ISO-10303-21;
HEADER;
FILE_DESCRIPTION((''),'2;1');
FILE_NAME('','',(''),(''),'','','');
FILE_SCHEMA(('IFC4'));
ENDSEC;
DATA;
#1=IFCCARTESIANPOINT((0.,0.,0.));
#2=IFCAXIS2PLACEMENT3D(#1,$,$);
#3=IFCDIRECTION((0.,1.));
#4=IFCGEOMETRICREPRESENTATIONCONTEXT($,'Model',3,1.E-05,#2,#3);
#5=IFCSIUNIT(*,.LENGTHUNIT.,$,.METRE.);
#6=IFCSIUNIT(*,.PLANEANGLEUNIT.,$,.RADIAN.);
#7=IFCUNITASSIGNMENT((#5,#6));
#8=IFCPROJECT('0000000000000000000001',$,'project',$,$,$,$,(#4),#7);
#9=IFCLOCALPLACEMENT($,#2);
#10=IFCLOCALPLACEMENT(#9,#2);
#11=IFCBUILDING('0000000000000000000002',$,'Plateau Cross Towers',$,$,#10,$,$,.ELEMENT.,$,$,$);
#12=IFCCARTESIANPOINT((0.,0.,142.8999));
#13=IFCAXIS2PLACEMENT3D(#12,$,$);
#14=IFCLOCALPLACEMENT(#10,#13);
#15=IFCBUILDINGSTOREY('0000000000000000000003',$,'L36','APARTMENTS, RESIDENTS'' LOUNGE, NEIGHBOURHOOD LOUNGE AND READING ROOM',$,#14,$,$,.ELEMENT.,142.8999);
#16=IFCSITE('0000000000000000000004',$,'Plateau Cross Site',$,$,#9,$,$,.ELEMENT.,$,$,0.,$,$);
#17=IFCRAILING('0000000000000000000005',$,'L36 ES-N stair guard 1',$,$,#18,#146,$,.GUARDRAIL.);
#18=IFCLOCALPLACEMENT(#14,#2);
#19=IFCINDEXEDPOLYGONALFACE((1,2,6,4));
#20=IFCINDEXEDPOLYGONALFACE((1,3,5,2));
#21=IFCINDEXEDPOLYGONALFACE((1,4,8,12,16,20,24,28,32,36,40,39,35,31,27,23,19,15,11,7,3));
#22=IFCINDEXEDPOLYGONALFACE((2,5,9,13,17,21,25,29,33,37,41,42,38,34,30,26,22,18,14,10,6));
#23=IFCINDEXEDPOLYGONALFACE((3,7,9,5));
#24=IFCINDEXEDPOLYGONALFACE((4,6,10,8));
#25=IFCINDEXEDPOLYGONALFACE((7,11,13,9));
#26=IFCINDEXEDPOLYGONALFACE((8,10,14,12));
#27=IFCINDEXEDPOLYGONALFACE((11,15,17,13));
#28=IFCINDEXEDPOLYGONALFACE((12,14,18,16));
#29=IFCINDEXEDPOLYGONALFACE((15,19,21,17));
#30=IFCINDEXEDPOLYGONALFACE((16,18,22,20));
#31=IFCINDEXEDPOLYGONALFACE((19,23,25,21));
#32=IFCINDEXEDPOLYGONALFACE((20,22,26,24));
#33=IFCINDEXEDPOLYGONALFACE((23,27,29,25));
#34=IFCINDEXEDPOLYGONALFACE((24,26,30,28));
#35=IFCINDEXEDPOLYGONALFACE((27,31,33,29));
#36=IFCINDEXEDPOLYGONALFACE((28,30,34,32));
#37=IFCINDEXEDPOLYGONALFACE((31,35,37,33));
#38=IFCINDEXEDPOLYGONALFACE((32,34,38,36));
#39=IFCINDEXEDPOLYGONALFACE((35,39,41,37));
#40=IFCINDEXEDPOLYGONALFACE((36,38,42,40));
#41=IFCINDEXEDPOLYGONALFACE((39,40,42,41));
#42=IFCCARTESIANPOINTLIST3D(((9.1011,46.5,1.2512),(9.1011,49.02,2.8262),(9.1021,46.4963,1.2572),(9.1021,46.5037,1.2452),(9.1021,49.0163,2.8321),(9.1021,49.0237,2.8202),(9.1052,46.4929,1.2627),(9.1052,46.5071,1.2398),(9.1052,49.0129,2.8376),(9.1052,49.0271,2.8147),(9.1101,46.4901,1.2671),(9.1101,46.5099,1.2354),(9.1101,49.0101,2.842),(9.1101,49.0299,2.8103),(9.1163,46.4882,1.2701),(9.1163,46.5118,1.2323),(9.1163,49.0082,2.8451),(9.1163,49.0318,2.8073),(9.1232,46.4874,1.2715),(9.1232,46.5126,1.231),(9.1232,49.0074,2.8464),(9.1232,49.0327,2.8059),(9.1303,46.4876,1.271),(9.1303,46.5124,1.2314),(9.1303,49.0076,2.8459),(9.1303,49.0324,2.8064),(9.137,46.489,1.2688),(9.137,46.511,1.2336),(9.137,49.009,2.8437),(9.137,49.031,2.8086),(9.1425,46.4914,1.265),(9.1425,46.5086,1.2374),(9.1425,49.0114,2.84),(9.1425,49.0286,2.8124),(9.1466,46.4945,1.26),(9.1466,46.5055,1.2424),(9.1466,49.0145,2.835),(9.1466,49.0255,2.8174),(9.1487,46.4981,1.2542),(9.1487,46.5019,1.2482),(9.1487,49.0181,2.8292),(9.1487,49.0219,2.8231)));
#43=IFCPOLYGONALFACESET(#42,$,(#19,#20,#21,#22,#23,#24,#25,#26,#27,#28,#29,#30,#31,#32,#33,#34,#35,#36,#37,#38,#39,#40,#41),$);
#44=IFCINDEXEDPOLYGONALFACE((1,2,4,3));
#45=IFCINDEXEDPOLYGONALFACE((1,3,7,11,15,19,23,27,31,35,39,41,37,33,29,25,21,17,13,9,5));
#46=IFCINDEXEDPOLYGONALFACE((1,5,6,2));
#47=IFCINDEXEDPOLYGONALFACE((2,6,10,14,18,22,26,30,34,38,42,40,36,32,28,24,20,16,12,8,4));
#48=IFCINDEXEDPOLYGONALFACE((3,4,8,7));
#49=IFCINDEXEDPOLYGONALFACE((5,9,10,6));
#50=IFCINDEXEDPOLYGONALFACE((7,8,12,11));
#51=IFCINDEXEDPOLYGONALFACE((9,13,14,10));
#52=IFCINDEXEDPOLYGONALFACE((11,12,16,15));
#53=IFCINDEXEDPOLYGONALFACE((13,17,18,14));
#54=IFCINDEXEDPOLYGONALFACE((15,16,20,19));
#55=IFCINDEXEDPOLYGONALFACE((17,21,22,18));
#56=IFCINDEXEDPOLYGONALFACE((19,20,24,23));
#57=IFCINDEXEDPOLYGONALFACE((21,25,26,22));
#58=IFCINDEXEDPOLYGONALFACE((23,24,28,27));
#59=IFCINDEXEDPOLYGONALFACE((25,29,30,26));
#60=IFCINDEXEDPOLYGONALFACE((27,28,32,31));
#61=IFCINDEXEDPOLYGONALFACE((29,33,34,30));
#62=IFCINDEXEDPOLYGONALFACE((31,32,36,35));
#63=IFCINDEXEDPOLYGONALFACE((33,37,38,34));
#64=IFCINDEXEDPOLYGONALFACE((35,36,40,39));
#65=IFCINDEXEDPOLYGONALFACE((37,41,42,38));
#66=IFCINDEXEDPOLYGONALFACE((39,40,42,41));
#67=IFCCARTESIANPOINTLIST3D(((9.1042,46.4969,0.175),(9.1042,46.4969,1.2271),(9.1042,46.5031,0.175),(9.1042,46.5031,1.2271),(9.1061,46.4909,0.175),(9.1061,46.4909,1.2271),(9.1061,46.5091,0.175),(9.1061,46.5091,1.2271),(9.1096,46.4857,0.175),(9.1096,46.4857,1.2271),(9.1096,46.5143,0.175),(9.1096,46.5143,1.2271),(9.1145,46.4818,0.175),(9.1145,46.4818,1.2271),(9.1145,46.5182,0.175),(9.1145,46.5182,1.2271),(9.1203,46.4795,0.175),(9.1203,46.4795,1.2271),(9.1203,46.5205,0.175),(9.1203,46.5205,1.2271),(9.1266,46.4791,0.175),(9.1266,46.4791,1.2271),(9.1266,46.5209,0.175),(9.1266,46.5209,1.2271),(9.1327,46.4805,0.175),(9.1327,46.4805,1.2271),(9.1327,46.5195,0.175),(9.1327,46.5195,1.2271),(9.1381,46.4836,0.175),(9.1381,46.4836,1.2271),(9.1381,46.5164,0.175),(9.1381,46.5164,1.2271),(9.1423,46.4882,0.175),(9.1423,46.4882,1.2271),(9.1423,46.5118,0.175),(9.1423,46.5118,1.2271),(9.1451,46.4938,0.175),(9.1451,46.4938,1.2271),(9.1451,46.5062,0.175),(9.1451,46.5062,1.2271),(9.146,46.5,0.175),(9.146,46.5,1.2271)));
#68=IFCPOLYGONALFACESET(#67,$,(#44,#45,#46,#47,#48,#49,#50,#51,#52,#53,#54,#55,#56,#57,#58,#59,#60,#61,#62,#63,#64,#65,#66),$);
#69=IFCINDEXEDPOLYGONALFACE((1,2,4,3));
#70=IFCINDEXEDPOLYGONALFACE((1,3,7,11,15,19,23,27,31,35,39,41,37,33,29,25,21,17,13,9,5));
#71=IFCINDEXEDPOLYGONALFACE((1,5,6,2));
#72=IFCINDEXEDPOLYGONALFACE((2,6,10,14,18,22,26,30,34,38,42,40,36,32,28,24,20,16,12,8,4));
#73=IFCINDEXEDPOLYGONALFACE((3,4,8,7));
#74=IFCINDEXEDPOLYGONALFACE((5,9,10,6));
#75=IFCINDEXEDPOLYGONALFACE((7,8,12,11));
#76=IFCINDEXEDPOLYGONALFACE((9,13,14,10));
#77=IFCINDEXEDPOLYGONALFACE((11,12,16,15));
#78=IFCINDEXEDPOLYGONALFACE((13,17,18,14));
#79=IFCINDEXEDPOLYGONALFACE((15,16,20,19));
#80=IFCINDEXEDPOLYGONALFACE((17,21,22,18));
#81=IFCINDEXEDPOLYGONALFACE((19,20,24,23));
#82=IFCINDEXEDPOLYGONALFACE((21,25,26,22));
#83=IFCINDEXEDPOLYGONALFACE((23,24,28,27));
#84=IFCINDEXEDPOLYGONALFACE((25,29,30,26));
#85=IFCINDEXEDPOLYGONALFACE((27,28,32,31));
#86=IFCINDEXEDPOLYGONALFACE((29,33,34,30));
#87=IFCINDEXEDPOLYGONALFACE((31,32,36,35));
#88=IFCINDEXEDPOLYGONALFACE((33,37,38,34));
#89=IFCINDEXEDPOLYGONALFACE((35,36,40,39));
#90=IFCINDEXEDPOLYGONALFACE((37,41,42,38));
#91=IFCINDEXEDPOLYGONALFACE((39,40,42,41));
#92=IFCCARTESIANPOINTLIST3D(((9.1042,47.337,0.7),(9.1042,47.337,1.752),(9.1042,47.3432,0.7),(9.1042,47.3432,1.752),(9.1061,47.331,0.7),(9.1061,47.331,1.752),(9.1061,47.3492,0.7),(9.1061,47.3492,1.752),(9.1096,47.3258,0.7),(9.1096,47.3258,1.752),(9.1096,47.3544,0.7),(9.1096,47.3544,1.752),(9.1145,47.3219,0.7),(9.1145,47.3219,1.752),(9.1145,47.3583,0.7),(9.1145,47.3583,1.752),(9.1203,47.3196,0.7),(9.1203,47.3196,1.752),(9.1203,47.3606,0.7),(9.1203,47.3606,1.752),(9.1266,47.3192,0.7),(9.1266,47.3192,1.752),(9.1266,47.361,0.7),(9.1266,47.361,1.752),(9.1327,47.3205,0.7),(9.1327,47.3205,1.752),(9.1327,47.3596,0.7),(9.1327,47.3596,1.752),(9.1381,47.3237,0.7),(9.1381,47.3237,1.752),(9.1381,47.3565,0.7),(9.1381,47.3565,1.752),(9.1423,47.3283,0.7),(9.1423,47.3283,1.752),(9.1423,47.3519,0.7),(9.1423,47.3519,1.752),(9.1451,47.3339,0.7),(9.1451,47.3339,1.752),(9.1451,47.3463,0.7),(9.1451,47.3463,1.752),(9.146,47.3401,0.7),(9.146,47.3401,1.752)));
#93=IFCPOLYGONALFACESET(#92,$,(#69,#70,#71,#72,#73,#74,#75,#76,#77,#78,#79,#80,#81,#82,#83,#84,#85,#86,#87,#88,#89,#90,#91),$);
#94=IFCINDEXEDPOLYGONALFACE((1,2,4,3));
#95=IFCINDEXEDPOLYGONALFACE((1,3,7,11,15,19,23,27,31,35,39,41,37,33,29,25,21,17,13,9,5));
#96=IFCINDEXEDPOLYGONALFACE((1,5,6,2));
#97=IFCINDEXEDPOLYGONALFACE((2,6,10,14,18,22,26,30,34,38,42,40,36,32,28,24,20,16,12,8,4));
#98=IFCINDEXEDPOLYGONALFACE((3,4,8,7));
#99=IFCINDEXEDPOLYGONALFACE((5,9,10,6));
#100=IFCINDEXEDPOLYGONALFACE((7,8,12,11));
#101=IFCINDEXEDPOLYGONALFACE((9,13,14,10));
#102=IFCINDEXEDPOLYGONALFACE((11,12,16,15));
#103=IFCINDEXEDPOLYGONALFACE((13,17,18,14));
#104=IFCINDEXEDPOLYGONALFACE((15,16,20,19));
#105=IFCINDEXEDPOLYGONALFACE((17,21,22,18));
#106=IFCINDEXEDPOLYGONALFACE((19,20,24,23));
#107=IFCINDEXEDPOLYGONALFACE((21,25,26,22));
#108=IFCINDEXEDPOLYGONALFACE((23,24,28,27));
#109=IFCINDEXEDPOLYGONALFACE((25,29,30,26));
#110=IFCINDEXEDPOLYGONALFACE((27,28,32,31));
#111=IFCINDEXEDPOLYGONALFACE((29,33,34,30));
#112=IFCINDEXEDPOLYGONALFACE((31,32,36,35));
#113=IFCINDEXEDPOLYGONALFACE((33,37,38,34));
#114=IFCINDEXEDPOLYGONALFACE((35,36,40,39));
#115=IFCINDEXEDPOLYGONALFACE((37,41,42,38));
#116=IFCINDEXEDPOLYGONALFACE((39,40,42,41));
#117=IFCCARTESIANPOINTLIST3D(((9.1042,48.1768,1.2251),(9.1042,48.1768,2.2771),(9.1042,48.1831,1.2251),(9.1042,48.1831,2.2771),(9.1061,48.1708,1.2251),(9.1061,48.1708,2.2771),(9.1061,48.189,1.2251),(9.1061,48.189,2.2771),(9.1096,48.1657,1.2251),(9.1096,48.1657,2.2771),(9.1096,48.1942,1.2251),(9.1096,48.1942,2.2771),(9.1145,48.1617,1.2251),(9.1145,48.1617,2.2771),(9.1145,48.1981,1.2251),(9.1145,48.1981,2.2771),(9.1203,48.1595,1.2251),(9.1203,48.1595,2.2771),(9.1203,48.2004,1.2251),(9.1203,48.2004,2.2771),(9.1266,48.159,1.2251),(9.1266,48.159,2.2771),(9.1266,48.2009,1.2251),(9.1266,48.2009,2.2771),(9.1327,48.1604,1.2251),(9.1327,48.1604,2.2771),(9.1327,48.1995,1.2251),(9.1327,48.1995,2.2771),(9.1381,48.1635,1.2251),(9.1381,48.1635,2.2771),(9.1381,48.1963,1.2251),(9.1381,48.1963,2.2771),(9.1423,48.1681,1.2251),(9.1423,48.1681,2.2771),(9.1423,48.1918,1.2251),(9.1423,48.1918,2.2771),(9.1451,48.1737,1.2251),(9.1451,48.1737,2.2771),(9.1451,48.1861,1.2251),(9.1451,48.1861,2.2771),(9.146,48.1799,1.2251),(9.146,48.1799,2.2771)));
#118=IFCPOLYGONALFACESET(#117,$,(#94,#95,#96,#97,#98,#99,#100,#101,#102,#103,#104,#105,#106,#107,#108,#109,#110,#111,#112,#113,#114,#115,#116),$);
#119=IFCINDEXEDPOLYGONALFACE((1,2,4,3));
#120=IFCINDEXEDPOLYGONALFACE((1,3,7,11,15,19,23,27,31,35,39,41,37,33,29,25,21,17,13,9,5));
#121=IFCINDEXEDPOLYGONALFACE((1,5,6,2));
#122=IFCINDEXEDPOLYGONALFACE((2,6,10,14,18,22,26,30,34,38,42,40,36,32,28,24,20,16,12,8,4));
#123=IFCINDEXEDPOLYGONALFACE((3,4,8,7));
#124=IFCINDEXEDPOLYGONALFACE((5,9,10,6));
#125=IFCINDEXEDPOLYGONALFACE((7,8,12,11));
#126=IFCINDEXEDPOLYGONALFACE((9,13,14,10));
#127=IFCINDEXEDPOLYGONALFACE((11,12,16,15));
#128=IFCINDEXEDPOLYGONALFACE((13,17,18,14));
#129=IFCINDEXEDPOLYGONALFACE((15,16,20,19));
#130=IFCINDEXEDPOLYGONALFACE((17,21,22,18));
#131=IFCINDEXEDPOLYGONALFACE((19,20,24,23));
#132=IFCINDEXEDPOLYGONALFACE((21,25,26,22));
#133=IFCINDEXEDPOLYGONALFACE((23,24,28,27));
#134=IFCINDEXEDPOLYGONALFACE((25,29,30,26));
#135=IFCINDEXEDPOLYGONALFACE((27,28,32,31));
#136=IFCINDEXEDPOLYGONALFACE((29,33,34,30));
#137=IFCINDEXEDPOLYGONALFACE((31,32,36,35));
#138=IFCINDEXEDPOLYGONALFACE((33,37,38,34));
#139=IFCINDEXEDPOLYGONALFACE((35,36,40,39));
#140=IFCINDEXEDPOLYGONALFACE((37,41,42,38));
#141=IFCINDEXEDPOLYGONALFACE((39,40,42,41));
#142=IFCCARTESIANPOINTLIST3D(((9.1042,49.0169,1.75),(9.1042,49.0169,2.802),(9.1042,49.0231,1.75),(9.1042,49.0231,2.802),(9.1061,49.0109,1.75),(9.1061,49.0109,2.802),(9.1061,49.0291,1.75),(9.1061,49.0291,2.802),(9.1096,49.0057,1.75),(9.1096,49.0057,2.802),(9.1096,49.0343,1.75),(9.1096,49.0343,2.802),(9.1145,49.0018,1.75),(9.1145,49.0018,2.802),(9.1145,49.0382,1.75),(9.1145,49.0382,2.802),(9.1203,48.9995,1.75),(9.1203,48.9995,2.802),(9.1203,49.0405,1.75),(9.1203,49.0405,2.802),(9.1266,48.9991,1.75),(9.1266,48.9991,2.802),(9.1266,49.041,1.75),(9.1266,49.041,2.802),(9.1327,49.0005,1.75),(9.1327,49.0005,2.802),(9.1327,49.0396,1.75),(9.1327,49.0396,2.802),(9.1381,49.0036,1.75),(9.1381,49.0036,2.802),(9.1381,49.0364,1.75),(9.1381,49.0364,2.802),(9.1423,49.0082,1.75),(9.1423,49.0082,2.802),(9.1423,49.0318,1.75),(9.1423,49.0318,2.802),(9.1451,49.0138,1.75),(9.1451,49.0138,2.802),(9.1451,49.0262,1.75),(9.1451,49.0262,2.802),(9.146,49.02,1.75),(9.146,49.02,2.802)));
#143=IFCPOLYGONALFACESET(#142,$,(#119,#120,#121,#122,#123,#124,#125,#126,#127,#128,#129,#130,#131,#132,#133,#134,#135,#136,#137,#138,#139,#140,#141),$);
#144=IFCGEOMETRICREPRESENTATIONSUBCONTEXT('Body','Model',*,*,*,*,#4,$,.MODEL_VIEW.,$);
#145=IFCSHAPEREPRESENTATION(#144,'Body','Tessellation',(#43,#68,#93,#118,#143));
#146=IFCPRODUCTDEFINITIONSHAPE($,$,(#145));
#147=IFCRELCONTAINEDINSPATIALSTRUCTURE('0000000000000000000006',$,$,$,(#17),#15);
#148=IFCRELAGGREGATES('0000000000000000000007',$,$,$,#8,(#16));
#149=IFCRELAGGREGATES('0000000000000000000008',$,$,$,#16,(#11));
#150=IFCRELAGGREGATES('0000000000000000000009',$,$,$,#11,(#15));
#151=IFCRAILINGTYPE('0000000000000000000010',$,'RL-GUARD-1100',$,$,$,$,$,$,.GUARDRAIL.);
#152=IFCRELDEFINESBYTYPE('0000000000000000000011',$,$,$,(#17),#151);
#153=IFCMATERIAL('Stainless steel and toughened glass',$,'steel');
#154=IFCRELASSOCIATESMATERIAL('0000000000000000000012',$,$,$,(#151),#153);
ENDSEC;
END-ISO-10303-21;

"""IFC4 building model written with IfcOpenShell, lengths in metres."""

from ifc_helpers import new_model, si_unit, direction, frame, origin, origin_2d, place, context, subcontext, project, spatial, circle, extrude, material, type_object, element, save


model = new_model("IFC4")

# Units and contexts
model_context = context("Model", 3, precision=1e-05, world=origin(), true_north=direction((0.0, 1.0)))
body_context = subcontext(model_context, "Body", "Model", "MODEL_VIEW")
ifc_project = project(units=[si_unit("LENGTHUNIT", "METRE"), si_unit("PLANEANGLEUNIT", "RADIAN")], contexts=[model_context])

# Site, building, storey
site_placement = place(None, origin())
site = spatial("IfcSite", under=ifc_project, at=site_placement, Name="Plateau Cross Site", CompositionType="ELEMENT", RefElevation=0.0)
building_placement = place(site_placement, origin())
building = spatial("IfcBuilding", under=site, at=building_placement, Name="Plateau Cross Towers", CompositionType="ELEMENT")
storey_placement = place(building_placement, frame((0.0, 0.0, 142.8999)))
storey = spatial("IfcBuildingStorey", under=building, at=storey_placement, Name="L36", Description="APARTMENTS, RESIDENTS' LOUNGE, NEIGHBOURHOOD LOUNGE AND READING ROOM", CompositionType="ELEMENT", Elevation=142.8999)

# Railing
ifc_material_1 = material(Name="Stainless steel and toughened glass", Category="steel")
railing_type_1 = type_object("IfcRailingType", Name="RL-GUARD-1100", PredefinedType="GUARDRAIL", material=ifc_material_1)
railing_1_placement = place(storey_placement, frame((9.125, 46.5, 0.175)))
element("IfcRailing", 1, at=railing_1_placement, inside=storey, type_object=railing_type_1, Name="L36 ES-N stair guard 1", PredefinedType="GUARDRAIL", context=body_context, shape_type="SweptSolid", body=[
    extrude(circle(Radius=0.0239, at=origin_2d()), frame((0.0, 0.0, 1.0762), z_axis=(0.0, 0.848008, 0.529984), x_axis=(-1.0, 0.0, 0.0)), (0.0, 0.0, 1.0), 2.9717),
    extrude(circle(Radius=0.021, at=origin_2d()), origin(), (0.0, 0.0, 1.0), 1.052),
    extrude(circle(Radius=0.021, at=origin_2d()), frame((0.0, 0.8401, 0.5249)), (0.0, 0.0, 1.0), 1.052),
    extrude(circle(Radius=0.021, at=origin_2d()), frame((0.0, 1.6799, 1.05)), (0.0, 0.0, 1.0), 1.052),
    extrude(circle(Radius=0.021, at=origin_2d()), frame((0.0, 2.52, 1.575)), (0.0, 0.0, 1.0), 1.052),
])

save(model, "model.ifc")
